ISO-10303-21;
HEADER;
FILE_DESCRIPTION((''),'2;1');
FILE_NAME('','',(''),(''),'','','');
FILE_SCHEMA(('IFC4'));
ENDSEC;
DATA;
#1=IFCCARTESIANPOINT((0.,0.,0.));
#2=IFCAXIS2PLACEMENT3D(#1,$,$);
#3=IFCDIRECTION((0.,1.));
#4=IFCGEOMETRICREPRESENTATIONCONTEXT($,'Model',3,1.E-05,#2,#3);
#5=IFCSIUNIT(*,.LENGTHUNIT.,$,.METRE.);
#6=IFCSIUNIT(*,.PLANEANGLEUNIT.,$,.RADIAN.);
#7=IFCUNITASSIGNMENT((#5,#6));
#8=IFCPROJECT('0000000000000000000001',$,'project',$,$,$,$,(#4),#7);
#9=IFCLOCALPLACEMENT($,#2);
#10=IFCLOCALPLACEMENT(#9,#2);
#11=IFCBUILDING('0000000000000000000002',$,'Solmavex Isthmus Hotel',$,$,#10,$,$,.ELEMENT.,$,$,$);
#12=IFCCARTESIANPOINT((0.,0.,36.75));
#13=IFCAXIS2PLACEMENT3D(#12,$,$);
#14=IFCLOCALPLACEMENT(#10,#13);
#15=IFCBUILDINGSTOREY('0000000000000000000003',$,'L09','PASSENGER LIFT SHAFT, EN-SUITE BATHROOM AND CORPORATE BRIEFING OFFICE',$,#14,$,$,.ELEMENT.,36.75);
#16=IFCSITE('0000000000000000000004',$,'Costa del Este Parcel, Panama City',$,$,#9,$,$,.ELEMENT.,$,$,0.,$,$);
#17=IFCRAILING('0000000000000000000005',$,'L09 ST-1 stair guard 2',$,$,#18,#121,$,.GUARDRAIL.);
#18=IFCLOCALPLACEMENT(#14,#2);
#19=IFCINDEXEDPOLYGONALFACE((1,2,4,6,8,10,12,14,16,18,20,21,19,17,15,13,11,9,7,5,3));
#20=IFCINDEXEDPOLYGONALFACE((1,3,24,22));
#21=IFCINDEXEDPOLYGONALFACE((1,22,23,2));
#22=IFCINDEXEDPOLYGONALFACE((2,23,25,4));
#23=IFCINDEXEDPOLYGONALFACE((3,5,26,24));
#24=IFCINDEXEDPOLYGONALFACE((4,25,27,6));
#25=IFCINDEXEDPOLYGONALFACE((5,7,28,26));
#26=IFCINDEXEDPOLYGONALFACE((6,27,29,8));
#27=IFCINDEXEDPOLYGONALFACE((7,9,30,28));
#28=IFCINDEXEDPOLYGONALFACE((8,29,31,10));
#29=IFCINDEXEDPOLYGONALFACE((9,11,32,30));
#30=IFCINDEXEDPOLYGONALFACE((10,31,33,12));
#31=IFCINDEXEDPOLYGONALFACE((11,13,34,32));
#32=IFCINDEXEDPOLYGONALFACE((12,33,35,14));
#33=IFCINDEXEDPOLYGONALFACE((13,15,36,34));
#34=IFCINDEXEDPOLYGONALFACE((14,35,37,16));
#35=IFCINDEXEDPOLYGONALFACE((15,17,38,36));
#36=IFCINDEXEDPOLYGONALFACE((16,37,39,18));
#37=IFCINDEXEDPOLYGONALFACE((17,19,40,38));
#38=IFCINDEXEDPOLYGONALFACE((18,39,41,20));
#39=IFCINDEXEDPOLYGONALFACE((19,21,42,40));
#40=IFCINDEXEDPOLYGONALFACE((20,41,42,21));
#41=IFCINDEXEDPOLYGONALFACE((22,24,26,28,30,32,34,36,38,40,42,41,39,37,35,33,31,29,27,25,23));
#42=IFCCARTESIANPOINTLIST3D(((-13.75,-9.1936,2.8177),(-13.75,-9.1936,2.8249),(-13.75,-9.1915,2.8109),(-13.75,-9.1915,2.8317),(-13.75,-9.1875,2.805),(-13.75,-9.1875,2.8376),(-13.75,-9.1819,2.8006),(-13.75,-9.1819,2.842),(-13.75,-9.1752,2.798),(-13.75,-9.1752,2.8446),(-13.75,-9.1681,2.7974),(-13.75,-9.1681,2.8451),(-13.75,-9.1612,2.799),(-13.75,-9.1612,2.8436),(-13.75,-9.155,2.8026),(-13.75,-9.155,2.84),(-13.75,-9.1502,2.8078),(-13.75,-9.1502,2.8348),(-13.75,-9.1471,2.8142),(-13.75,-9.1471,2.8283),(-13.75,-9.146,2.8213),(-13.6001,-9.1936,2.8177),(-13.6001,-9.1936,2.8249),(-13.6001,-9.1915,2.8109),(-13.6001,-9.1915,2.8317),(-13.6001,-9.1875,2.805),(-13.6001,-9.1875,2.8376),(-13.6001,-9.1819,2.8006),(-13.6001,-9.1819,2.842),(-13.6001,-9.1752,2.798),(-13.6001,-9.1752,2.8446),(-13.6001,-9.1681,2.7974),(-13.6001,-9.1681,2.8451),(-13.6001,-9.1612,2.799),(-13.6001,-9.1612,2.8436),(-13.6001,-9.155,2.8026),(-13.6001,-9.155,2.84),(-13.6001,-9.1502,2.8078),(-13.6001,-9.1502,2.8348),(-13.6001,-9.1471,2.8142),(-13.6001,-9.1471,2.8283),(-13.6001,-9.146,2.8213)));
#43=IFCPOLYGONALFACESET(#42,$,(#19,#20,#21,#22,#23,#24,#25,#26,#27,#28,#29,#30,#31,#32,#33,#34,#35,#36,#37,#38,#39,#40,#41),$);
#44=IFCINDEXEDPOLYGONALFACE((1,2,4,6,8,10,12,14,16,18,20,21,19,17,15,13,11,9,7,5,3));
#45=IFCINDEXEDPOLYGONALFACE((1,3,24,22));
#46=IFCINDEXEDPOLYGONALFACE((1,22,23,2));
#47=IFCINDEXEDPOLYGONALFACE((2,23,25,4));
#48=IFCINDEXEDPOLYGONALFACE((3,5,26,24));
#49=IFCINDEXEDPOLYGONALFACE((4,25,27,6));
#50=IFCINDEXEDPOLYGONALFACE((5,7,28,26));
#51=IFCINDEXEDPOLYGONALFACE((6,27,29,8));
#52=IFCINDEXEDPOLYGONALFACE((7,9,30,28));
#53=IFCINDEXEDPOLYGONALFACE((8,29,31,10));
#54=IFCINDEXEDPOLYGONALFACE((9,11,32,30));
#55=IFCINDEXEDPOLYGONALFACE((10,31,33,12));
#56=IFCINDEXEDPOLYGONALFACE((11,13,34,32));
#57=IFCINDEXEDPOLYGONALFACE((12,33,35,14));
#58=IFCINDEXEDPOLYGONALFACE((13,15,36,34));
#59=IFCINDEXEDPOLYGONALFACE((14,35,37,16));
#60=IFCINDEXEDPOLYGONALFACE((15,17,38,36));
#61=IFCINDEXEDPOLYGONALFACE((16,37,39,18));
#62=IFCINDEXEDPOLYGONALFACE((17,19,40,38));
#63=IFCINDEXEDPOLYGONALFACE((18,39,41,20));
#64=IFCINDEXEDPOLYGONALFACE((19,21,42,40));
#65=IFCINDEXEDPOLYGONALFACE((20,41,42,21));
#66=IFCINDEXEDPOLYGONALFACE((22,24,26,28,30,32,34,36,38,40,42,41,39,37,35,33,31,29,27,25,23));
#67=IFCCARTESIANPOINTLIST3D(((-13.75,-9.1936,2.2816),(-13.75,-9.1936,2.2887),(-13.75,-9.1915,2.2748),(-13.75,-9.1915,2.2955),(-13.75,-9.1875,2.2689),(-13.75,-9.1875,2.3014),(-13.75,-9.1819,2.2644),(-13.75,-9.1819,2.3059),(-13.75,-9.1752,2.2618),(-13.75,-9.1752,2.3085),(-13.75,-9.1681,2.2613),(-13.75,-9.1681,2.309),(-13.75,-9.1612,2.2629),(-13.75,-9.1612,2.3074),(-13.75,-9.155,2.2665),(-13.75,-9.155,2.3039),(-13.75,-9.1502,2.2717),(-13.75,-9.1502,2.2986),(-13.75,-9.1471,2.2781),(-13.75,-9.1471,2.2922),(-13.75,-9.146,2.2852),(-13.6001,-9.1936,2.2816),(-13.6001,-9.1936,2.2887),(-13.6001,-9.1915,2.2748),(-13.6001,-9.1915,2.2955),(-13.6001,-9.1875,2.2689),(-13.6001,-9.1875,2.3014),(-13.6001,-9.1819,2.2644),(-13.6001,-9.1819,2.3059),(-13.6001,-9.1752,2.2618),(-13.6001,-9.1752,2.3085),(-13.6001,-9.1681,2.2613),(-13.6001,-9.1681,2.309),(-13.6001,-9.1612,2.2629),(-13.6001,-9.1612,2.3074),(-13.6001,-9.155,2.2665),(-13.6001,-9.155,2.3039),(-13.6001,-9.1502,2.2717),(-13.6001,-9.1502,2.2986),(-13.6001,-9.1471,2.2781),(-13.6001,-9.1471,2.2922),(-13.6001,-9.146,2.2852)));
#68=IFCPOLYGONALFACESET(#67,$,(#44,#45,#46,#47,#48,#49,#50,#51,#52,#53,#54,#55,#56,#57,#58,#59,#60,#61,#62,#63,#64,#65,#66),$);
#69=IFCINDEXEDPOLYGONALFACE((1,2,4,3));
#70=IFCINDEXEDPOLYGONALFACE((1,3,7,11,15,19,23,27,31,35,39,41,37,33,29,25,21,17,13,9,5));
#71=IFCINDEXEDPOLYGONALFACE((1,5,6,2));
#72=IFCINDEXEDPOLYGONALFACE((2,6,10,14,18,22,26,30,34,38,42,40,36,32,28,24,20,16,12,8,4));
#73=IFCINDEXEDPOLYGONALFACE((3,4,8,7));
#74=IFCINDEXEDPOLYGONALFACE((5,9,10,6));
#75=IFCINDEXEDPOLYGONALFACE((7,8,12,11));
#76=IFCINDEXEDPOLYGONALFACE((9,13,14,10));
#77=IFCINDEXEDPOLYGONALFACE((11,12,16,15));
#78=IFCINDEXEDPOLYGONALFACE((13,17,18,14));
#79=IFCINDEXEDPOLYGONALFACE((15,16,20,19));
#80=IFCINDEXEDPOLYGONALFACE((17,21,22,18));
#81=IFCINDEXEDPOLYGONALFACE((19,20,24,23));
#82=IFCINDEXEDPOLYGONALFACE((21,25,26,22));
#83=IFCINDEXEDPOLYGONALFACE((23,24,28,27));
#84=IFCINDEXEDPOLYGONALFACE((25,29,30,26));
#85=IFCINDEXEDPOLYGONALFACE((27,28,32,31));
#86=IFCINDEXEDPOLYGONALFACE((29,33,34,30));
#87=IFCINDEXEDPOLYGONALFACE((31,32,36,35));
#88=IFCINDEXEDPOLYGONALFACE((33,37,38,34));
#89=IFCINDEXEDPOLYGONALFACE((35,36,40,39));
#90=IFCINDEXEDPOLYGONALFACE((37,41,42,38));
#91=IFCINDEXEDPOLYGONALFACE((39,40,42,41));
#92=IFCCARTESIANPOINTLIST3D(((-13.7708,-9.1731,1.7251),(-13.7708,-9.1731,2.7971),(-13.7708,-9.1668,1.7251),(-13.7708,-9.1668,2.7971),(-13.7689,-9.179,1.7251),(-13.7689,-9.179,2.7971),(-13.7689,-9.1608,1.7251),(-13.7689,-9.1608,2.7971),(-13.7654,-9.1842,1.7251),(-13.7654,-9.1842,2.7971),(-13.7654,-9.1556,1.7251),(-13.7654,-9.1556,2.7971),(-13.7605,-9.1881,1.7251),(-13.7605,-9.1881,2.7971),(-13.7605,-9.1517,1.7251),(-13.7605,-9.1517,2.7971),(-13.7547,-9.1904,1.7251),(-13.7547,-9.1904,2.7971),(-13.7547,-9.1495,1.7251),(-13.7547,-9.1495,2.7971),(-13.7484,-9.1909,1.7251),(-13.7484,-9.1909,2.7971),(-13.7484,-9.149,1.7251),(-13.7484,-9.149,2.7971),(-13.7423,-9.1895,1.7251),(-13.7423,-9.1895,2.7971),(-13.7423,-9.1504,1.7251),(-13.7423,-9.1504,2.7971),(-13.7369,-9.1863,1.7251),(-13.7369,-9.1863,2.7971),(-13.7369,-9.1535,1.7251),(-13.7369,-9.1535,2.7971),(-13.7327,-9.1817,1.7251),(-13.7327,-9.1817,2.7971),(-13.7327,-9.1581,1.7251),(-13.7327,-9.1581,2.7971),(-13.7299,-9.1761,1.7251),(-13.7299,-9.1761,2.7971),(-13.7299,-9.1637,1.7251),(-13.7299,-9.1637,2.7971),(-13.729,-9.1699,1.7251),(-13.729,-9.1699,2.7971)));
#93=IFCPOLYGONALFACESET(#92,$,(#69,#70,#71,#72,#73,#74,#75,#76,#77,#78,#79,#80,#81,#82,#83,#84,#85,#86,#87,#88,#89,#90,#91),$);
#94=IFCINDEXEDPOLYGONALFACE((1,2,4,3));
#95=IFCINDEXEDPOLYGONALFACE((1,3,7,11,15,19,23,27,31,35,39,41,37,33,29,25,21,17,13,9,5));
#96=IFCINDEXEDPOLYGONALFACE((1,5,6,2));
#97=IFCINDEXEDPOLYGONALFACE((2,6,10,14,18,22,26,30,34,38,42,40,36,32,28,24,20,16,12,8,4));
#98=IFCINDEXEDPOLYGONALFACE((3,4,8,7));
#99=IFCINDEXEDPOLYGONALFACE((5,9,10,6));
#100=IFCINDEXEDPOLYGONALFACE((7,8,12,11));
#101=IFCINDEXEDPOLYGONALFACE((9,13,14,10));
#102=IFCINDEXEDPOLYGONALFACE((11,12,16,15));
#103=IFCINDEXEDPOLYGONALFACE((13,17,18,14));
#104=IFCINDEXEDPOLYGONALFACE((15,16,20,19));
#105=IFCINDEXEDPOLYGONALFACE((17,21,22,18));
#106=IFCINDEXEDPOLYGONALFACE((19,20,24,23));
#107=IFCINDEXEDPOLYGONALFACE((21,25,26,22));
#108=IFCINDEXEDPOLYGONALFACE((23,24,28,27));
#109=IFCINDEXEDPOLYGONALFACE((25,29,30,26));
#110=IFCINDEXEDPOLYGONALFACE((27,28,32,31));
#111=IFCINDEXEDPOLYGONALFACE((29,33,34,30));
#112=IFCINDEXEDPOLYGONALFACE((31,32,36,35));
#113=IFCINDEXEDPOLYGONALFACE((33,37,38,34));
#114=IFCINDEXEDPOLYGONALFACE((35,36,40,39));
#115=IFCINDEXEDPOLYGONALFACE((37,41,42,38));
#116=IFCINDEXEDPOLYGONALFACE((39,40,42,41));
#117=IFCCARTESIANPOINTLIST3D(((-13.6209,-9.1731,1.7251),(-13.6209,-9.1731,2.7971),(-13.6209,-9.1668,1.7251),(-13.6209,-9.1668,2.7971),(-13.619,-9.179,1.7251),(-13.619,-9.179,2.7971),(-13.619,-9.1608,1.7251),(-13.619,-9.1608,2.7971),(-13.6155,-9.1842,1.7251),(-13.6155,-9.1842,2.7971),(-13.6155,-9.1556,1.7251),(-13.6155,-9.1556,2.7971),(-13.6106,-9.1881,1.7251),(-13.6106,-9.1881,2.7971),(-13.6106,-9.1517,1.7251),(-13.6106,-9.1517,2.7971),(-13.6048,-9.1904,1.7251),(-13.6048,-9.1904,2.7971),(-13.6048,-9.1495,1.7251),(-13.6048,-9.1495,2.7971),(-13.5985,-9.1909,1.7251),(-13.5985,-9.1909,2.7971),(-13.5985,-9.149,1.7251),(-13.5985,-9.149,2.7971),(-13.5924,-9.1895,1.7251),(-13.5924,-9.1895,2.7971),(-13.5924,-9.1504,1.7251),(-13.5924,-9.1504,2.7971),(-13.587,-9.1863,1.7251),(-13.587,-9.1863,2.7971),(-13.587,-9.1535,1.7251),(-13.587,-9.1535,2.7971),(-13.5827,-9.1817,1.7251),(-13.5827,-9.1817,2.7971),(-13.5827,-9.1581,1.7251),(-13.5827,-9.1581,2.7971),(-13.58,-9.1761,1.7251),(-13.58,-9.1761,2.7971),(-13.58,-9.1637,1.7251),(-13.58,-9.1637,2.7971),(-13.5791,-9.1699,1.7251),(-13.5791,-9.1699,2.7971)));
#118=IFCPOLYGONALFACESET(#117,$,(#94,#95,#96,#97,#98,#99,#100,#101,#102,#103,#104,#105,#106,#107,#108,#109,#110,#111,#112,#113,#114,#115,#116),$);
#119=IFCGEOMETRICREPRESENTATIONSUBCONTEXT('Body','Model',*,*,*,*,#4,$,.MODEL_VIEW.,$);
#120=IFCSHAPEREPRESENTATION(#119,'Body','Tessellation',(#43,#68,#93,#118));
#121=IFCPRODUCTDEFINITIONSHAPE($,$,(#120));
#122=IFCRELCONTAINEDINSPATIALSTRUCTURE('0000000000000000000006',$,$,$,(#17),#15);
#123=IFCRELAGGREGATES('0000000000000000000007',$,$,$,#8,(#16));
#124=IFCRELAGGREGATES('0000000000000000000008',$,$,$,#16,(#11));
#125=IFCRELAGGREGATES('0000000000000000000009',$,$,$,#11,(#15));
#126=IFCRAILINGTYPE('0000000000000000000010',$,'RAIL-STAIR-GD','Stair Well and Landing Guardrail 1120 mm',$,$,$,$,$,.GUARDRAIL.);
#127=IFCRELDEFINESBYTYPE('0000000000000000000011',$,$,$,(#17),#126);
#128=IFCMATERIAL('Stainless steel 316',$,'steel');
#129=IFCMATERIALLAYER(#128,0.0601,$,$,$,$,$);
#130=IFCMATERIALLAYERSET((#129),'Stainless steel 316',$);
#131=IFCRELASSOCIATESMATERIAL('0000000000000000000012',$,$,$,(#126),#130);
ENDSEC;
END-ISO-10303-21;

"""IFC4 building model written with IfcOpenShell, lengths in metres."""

from ifc_helpers import new_model, si_unit, direction, frame, origin, origin_2d, place, context, subcontext, project, spatial, circle, extrude, material, layer, layer_set, type_object, element, save


model = new_model("IFC4")

# Units and contexts
model_context = context("Model", 3, precision=1e-05, world=origin(), true_north=direction((0.0, 1.0)))
body_context = subcontext(model_context, "Body", "Model", "MODEL_VIEW")
ifc_project = project(units=[si_unit("LENGTHUNIT", "METRE"), si_unit("PLANEANGLEUNIT", "RADIAN")], contexts=[model_context])

# Site, building, storey
site_placement = place(None, origin())
site = spatial("IfcSite", under=ifc_project, at=site_placement, Name="Costa del Este Parcel, Panama City", CompositionType="ELEMENT", RefElevation=0.0)
building_placement = place(site_placement, origin())
building = spatial("IfcBuilding", under=site, at=building_placement, Name="Solmavex Isthmus Hotel", CompositionType="ELEMENT")
storey_placement = place(building_placement, frame((0.0, 0.0, 36.75)))
storey = spatial("IfcBuildingStorey", under=building, at=storey_placement, Name="L09", Description="PASSENGER LIFT SHAFT, EN-SUITE BATHROOM AND CORPORATE BRIEFING OFFICE", CompositionType="ELEMENT", Elevation=36.75)

# Shared definitions
ifc_material_1 = material(Name="Stainless steel 316", Category="steel")

# Railing
ifc_layer_1 = layer(ifc_material_1, 0.0601)
ifc_layer_set_1 = layer_set([ifc_layer_1], Name="Stainless steel 316")
railing_type_1 = type_object("IfcRailingType", Name="RAIL-STAIR-GD", Description="Stair Well and Landing Guardrail 1120 mm", PredefinedType="GUARDRAIL", material=ifc_layer_set_1)
railing_1_placement = place(storey_placement, frame((-13.75, -9.1699, 1.7251)))
element("IfcRailing", 1, at=railing_1_placement, inside=storey, type_object=railing_type_1, Name="L09 ST-1 stair guard 2", PredefinedType="GUARDRAIL", context=body_context, shape_type="SweptSolid", body=[
    extrude(circle(Radius=0.0239, at=origin_2d()), frame((0.0, 0.0, 1.0962), z_axis=(1.0, 0.0, 0.0), x_axis=(0.0, 1.0, 0.0)), (0.0, 0.0, 1.0), 0.1499),
    extrude(circle(Radius=0.0239, at=origin_2d()), frame((0.0, 0.0, 0.5601), z_axis=(1.0, 0.0, 0.0), x_axis=(0.0, 1.0, 0.0)), (0.0, 0.0, 1.0), 0.1499),
    extrude(circle(Radius=0.021, at=origin_2d()), origin(), (0.0, 0.0, 1.0), 1.072),
    extrude(circle(Radius=0.021, at=origin_2d()), frame((0.1499, 0.0, 0.0)), (0.0, 0.0, 1.0), 1.072),
])

save(model, "model.ifc")
